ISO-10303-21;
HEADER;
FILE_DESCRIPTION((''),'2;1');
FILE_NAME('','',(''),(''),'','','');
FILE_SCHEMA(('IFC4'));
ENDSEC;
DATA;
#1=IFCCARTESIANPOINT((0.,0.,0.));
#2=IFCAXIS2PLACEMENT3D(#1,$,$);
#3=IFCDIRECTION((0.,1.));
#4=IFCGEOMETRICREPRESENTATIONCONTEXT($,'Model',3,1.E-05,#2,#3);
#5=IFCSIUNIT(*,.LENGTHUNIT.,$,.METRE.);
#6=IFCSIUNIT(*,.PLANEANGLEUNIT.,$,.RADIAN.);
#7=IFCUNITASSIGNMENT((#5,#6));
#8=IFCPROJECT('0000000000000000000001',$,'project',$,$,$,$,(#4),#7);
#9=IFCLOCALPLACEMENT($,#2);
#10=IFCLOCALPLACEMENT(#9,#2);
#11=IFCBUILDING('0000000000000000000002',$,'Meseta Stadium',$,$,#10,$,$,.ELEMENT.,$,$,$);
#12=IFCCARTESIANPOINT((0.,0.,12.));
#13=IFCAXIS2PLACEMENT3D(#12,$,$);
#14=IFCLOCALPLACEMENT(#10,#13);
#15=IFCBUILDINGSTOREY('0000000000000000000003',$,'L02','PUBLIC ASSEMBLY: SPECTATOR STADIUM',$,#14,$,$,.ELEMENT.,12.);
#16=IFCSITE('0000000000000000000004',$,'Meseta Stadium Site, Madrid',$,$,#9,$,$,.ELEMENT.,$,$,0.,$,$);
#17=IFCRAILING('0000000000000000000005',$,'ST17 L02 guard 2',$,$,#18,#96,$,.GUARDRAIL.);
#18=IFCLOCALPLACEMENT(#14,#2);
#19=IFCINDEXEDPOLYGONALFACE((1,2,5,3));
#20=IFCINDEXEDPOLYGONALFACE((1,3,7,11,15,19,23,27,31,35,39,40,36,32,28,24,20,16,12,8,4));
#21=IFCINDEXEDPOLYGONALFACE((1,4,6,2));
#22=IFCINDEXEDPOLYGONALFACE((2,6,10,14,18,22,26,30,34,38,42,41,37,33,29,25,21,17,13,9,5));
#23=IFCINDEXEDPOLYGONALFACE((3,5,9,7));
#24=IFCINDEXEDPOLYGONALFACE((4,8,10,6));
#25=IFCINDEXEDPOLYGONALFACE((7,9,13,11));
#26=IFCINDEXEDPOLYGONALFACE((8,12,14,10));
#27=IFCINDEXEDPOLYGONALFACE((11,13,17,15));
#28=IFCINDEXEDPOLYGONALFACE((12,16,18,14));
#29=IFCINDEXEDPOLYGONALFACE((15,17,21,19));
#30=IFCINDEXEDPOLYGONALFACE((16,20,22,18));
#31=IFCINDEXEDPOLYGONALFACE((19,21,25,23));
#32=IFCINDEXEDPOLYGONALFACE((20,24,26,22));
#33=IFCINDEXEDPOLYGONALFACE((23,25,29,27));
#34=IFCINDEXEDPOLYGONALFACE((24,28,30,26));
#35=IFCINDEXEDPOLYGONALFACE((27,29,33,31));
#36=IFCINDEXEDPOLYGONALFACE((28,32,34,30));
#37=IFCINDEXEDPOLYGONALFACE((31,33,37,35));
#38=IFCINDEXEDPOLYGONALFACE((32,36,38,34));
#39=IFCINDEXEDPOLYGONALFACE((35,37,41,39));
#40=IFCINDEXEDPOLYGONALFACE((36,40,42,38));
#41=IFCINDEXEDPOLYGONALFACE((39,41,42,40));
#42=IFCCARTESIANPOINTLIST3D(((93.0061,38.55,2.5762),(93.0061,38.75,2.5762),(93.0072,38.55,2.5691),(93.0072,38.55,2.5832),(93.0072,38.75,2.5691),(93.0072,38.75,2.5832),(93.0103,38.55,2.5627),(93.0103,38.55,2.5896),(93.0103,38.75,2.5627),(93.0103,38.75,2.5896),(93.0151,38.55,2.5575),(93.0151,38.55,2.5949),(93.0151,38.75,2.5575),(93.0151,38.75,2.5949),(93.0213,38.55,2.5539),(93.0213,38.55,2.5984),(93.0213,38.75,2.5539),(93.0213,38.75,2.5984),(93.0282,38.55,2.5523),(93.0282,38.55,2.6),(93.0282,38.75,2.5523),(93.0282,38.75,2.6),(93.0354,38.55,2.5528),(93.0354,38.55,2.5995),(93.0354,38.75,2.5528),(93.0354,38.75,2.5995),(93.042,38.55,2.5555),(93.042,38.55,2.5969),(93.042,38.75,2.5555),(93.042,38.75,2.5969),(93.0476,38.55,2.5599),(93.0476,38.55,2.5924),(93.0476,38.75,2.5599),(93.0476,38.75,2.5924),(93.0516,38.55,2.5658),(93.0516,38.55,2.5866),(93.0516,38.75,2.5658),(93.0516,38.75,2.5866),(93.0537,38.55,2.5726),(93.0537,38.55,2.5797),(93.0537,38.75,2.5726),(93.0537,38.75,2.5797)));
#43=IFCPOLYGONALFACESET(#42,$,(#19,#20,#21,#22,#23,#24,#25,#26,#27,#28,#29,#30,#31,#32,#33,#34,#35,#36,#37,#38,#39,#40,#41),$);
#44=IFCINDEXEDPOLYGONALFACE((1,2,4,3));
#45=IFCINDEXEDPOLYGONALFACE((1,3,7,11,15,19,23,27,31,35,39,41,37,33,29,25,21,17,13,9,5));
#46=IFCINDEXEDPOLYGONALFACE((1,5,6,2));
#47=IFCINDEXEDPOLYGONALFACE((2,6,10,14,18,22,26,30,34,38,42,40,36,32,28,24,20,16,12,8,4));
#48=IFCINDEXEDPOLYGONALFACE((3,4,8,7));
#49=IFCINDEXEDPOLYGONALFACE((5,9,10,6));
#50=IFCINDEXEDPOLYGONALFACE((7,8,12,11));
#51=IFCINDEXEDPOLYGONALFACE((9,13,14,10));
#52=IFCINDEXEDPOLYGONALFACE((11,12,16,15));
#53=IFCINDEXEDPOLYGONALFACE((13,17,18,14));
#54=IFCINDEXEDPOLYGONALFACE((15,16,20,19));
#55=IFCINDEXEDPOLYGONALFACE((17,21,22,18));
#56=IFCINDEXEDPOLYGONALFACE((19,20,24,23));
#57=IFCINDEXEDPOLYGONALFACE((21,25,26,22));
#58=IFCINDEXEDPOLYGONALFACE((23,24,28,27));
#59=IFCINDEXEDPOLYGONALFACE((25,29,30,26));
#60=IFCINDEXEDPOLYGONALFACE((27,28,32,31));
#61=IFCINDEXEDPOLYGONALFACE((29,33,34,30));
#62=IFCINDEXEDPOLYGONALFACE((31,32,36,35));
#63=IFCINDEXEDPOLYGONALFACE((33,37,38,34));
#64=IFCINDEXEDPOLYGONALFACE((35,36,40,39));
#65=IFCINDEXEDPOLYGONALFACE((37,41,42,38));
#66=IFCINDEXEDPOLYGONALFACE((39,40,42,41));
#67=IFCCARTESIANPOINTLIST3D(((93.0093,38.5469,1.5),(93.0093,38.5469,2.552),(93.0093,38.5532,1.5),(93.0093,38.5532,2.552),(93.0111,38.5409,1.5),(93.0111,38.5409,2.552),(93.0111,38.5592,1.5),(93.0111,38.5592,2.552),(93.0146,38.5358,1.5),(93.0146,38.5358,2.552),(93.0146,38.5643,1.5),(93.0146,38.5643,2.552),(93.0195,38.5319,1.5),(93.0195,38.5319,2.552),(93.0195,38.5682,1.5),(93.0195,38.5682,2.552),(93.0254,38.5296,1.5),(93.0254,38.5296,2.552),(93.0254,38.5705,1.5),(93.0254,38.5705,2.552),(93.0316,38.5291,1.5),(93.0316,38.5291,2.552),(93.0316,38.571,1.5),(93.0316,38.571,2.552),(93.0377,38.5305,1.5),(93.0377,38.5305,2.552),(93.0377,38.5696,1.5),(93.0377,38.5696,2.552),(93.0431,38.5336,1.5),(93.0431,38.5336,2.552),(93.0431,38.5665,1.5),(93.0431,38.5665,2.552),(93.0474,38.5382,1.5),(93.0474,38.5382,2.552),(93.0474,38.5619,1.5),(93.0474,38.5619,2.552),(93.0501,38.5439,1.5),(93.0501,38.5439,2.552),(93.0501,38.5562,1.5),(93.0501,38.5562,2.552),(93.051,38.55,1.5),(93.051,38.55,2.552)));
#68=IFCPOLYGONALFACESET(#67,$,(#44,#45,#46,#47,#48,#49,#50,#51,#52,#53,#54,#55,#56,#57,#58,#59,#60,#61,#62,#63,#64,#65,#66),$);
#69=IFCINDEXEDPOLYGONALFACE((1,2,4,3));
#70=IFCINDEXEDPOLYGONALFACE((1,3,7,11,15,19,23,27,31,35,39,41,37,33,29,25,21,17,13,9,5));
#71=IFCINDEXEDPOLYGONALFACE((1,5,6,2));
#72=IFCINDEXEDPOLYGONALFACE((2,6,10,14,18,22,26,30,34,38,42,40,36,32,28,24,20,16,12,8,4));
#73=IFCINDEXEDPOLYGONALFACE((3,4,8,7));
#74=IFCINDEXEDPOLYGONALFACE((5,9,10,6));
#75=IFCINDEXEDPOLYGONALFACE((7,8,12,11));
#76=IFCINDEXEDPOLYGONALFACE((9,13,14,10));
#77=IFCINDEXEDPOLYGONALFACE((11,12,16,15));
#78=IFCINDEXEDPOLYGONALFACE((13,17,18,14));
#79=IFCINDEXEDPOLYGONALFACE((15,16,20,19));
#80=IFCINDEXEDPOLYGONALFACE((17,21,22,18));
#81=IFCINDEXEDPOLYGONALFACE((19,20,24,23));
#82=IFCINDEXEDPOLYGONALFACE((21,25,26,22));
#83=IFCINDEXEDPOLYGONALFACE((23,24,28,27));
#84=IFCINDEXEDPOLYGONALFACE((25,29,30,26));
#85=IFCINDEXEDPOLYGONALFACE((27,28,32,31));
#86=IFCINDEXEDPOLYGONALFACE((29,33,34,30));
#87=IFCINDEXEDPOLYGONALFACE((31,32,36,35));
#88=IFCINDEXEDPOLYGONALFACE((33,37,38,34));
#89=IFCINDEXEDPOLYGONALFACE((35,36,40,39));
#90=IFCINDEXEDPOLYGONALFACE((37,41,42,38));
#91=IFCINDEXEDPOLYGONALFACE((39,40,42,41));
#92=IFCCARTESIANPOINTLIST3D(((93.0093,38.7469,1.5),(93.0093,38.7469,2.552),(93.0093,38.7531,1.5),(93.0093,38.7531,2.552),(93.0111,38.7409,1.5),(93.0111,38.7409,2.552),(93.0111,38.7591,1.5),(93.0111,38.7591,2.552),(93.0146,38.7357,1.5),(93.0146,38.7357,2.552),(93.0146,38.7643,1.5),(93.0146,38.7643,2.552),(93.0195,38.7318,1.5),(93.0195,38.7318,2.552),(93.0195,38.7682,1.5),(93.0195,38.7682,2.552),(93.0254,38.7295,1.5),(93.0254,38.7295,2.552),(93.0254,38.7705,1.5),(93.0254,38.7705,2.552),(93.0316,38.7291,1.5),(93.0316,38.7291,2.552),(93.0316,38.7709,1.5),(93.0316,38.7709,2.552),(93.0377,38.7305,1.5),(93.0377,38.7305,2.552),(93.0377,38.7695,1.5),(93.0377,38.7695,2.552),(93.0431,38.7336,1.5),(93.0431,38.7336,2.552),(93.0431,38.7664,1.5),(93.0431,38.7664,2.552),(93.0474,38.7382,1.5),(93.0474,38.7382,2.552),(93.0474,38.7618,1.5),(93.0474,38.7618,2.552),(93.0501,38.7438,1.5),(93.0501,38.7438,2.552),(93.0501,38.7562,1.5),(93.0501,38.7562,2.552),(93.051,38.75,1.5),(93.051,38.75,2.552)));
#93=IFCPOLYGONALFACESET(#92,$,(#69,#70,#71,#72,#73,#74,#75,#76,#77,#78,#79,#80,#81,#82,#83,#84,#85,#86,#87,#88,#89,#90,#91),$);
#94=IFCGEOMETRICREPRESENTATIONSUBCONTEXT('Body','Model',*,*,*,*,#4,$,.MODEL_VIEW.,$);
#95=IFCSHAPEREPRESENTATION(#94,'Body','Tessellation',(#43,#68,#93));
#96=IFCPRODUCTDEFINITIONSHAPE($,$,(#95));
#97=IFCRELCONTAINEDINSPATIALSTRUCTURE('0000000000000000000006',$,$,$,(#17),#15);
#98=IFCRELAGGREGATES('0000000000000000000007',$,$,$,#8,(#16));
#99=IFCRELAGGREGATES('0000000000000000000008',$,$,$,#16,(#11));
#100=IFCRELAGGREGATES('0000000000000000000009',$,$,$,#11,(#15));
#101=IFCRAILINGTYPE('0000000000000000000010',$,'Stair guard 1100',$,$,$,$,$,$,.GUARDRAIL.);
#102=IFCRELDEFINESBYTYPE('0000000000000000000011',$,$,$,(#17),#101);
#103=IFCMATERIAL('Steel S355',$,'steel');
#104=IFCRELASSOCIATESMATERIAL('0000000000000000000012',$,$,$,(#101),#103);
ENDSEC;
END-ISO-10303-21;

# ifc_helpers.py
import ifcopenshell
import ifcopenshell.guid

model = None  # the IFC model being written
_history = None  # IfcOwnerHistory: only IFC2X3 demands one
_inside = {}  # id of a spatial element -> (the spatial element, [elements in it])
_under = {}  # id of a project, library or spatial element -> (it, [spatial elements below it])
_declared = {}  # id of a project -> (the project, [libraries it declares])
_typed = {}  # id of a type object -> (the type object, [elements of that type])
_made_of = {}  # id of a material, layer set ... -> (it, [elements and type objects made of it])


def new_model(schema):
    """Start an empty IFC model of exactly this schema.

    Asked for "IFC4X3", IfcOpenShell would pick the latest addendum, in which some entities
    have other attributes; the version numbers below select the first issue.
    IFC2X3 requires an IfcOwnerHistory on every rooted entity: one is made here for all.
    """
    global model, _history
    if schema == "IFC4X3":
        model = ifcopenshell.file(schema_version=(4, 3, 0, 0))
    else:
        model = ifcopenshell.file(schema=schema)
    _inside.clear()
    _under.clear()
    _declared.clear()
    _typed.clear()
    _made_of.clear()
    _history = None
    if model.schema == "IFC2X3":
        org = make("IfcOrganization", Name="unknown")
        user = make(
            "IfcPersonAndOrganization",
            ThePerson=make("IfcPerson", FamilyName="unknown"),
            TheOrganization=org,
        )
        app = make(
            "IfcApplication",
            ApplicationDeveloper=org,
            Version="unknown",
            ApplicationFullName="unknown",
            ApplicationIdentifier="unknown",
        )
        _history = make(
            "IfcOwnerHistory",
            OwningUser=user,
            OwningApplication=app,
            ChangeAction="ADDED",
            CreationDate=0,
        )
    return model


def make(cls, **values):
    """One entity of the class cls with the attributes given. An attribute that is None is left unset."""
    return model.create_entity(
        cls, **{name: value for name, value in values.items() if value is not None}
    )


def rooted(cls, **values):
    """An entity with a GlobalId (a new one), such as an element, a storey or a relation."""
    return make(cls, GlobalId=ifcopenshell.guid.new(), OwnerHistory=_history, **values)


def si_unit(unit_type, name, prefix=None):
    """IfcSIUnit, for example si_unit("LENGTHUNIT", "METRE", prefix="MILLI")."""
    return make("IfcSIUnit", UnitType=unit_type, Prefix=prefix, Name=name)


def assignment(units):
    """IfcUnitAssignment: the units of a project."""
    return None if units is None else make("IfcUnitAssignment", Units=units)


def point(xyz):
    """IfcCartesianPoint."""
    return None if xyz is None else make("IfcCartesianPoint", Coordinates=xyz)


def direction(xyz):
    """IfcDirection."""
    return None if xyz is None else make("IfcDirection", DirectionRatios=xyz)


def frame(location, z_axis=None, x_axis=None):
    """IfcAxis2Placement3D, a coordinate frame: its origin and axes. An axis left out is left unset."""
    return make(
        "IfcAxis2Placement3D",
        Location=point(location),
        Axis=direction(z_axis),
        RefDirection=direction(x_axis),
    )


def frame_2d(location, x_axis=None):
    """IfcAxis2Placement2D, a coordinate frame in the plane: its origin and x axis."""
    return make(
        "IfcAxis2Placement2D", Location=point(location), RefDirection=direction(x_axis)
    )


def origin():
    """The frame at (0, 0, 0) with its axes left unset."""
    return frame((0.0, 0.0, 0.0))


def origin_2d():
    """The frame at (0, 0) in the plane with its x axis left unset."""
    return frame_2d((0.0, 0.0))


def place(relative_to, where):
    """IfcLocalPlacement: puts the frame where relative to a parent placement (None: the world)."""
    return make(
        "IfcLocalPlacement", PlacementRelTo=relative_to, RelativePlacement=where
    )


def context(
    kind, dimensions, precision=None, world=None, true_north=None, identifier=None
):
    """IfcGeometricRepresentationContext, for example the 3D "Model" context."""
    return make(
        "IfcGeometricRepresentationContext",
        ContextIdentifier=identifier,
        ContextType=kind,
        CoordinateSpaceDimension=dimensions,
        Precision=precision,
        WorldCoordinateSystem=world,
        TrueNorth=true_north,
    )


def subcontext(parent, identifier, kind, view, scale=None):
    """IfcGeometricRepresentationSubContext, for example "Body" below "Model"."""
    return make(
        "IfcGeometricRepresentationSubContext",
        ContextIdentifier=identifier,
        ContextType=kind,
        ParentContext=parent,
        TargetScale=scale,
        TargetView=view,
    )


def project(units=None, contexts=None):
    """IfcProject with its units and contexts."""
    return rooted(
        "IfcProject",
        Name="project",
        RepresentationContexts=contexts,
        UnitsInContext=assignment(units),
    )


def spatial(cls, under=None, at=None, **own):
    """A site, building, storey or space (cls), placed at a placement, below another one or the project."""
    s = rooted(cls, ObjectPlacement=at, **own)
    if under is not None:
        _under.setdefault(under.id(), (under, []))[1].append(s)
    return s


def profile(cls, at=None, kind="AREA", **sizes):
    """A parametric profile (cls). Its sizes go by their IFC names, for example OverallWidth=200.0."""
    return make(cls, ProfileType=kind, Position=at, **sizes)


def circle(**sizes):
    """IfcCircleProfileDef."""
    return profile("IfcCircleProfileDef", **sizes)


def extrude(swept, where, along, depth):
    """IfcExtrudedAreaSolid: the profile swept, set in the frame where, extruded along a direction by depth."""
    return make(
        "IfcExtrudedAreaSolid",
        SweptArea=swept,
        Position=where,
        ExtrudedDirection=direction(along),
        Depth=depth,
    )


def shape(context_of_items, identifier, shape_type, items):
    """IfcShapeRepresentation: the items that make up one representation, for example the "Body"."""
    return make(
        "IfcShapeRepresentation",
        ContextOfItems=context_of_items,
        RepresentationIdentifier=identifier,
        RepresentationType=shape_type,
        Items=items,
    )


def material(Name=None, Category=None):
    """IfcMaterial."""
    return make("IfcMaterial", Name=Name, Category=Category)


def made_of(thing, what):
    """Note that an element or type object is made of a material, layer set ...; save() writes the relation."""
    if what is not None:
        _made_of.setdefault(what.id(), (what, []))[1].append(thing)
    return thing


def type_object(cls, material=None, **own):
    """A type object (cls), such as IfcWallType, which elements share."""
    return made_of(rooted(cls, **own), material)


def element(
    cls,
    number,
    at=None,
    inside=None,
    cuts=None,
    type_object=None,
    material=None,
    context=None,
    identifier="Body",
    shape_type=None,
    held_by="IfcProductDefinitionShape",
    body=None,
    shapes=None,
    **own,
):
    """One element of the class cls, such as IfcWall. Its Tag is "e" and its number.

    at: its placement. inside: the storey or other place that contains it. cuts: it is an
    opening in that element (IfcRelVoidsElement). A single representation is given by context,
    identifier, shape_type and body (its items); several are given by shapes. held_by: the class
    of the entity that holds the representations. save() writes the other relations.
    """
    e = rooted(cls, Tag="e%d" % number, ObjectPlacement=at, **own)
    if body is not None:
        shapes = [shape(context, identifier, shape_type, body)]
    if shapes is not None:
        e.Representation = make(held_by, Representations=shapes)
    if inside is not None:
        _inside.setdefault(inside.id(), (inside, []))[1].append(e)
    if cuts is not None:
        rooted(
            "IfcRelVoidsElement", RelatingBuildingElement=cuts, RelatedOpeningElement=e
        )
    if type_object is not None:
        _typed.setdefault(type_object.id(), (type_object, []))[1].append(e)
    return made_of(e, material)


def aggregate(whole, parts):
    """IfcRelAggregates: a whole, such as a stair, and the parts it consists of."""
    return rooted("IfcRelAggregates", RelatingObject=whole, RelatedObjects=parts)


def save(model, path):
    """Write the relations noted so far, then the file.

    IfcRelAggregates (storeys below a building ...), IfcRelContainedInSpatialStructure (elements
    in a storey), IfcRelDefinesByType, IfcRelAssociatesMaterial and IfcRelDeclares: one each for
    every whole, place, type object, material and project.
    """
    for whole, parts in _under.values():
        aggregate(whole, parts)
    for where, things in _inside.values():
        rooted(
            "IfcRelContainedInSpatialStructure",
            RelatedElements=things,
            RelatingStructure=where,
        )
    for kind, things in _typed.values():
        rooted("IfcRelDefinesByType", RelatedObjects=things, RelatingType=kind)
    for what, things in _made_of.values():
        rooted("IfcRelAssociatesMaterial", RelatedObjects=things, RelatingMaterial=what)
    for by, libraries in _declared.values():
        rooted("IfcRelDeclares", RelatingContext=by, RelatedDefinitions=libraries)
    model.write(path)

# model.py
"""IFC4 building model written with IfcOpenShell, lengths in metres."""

from ifc_helpers import new_model, si_unit, direction, frame, origin, origin_2d, place, context, subcontext, project, spatial, circle, extrude, material, type_object, element, save


model = new_model("IFC4")

# Units and contexts
model_context = context("Model", 3, precision=1e-05, world=origin(), true_north=direction((0.0, 1.0)))
body_context = subcontext(model_context, "Body", "Model", "MODEL_VIEW")
ifc_project = project(units=[si_unit("LENGTHUNIT", "METRE"), si_unit("PLANEANGLEUNIT", "RADIAN")], contexts=[model_context])

# Site, building, storey
site_placement = place(None, origin())
site = spatial("IfcSite", under=ifc_project, at=site_placement, Name="Meseta Stadium Site, Madrid", CompositionType="ELEMENT", RefElevation=0.0)
building_placement = place(site_placement, origin())
building = spatial("IfcBuilding", under=site, at=building_placement, Name="Meseta Stadium", CompositionType="ELEMENT")
storey_placement = place(building_placement, frame((0.0, 0.0, 12.0)))
storey = spatial("IfcBuildingStorey", under=building, at=storey_placement, Name="L02", Description="PUBLIC ASSEMBLY: SPECTATOR STADIUM", CompositionType="ELEMENT", Elevation=12.0)

# Railing
ifc_material_1 = material(Name="Steel S355", Category="steel")
railing_type_1 = type_object("IfcRailingType", Name="Stair guard 1100", PredefinedType="GUARDRAIL", material=ifc_material_1)
railing_1_placement = place(storey_placement, frame((93.03, 38.55, 1.5)))
element("IfcRailing", 1, at=railing_1_placement, inside=storey, type_object=railing_type_1, Name="ST17 L02 guard 2", PredefinedType="GUARDRAIL", context=body_context, shape_type="SweptSolid", body=[
    extrude(circle(Radius=0.0239, at=origin_2d()), frame((0.0, 0.0, 1.0762), z_axis=(0.0, 1.0, 0.0), x_axis=(-1.0, 0.0, 0.0)), (0.0, 0.0, 1.0), 0.2),
    extrude(circle(Radius=0.021, at=origin_2d()), origin(), (0.0, 0.0, 1.0), 1.052),
    extrude(circle(Radius=0.021, at=origin_2d()), frame((0.0, 0.2, 0.0)), (0.0, 0.0, 1.0), 1.052),
])

save(model, "model.ifc")
